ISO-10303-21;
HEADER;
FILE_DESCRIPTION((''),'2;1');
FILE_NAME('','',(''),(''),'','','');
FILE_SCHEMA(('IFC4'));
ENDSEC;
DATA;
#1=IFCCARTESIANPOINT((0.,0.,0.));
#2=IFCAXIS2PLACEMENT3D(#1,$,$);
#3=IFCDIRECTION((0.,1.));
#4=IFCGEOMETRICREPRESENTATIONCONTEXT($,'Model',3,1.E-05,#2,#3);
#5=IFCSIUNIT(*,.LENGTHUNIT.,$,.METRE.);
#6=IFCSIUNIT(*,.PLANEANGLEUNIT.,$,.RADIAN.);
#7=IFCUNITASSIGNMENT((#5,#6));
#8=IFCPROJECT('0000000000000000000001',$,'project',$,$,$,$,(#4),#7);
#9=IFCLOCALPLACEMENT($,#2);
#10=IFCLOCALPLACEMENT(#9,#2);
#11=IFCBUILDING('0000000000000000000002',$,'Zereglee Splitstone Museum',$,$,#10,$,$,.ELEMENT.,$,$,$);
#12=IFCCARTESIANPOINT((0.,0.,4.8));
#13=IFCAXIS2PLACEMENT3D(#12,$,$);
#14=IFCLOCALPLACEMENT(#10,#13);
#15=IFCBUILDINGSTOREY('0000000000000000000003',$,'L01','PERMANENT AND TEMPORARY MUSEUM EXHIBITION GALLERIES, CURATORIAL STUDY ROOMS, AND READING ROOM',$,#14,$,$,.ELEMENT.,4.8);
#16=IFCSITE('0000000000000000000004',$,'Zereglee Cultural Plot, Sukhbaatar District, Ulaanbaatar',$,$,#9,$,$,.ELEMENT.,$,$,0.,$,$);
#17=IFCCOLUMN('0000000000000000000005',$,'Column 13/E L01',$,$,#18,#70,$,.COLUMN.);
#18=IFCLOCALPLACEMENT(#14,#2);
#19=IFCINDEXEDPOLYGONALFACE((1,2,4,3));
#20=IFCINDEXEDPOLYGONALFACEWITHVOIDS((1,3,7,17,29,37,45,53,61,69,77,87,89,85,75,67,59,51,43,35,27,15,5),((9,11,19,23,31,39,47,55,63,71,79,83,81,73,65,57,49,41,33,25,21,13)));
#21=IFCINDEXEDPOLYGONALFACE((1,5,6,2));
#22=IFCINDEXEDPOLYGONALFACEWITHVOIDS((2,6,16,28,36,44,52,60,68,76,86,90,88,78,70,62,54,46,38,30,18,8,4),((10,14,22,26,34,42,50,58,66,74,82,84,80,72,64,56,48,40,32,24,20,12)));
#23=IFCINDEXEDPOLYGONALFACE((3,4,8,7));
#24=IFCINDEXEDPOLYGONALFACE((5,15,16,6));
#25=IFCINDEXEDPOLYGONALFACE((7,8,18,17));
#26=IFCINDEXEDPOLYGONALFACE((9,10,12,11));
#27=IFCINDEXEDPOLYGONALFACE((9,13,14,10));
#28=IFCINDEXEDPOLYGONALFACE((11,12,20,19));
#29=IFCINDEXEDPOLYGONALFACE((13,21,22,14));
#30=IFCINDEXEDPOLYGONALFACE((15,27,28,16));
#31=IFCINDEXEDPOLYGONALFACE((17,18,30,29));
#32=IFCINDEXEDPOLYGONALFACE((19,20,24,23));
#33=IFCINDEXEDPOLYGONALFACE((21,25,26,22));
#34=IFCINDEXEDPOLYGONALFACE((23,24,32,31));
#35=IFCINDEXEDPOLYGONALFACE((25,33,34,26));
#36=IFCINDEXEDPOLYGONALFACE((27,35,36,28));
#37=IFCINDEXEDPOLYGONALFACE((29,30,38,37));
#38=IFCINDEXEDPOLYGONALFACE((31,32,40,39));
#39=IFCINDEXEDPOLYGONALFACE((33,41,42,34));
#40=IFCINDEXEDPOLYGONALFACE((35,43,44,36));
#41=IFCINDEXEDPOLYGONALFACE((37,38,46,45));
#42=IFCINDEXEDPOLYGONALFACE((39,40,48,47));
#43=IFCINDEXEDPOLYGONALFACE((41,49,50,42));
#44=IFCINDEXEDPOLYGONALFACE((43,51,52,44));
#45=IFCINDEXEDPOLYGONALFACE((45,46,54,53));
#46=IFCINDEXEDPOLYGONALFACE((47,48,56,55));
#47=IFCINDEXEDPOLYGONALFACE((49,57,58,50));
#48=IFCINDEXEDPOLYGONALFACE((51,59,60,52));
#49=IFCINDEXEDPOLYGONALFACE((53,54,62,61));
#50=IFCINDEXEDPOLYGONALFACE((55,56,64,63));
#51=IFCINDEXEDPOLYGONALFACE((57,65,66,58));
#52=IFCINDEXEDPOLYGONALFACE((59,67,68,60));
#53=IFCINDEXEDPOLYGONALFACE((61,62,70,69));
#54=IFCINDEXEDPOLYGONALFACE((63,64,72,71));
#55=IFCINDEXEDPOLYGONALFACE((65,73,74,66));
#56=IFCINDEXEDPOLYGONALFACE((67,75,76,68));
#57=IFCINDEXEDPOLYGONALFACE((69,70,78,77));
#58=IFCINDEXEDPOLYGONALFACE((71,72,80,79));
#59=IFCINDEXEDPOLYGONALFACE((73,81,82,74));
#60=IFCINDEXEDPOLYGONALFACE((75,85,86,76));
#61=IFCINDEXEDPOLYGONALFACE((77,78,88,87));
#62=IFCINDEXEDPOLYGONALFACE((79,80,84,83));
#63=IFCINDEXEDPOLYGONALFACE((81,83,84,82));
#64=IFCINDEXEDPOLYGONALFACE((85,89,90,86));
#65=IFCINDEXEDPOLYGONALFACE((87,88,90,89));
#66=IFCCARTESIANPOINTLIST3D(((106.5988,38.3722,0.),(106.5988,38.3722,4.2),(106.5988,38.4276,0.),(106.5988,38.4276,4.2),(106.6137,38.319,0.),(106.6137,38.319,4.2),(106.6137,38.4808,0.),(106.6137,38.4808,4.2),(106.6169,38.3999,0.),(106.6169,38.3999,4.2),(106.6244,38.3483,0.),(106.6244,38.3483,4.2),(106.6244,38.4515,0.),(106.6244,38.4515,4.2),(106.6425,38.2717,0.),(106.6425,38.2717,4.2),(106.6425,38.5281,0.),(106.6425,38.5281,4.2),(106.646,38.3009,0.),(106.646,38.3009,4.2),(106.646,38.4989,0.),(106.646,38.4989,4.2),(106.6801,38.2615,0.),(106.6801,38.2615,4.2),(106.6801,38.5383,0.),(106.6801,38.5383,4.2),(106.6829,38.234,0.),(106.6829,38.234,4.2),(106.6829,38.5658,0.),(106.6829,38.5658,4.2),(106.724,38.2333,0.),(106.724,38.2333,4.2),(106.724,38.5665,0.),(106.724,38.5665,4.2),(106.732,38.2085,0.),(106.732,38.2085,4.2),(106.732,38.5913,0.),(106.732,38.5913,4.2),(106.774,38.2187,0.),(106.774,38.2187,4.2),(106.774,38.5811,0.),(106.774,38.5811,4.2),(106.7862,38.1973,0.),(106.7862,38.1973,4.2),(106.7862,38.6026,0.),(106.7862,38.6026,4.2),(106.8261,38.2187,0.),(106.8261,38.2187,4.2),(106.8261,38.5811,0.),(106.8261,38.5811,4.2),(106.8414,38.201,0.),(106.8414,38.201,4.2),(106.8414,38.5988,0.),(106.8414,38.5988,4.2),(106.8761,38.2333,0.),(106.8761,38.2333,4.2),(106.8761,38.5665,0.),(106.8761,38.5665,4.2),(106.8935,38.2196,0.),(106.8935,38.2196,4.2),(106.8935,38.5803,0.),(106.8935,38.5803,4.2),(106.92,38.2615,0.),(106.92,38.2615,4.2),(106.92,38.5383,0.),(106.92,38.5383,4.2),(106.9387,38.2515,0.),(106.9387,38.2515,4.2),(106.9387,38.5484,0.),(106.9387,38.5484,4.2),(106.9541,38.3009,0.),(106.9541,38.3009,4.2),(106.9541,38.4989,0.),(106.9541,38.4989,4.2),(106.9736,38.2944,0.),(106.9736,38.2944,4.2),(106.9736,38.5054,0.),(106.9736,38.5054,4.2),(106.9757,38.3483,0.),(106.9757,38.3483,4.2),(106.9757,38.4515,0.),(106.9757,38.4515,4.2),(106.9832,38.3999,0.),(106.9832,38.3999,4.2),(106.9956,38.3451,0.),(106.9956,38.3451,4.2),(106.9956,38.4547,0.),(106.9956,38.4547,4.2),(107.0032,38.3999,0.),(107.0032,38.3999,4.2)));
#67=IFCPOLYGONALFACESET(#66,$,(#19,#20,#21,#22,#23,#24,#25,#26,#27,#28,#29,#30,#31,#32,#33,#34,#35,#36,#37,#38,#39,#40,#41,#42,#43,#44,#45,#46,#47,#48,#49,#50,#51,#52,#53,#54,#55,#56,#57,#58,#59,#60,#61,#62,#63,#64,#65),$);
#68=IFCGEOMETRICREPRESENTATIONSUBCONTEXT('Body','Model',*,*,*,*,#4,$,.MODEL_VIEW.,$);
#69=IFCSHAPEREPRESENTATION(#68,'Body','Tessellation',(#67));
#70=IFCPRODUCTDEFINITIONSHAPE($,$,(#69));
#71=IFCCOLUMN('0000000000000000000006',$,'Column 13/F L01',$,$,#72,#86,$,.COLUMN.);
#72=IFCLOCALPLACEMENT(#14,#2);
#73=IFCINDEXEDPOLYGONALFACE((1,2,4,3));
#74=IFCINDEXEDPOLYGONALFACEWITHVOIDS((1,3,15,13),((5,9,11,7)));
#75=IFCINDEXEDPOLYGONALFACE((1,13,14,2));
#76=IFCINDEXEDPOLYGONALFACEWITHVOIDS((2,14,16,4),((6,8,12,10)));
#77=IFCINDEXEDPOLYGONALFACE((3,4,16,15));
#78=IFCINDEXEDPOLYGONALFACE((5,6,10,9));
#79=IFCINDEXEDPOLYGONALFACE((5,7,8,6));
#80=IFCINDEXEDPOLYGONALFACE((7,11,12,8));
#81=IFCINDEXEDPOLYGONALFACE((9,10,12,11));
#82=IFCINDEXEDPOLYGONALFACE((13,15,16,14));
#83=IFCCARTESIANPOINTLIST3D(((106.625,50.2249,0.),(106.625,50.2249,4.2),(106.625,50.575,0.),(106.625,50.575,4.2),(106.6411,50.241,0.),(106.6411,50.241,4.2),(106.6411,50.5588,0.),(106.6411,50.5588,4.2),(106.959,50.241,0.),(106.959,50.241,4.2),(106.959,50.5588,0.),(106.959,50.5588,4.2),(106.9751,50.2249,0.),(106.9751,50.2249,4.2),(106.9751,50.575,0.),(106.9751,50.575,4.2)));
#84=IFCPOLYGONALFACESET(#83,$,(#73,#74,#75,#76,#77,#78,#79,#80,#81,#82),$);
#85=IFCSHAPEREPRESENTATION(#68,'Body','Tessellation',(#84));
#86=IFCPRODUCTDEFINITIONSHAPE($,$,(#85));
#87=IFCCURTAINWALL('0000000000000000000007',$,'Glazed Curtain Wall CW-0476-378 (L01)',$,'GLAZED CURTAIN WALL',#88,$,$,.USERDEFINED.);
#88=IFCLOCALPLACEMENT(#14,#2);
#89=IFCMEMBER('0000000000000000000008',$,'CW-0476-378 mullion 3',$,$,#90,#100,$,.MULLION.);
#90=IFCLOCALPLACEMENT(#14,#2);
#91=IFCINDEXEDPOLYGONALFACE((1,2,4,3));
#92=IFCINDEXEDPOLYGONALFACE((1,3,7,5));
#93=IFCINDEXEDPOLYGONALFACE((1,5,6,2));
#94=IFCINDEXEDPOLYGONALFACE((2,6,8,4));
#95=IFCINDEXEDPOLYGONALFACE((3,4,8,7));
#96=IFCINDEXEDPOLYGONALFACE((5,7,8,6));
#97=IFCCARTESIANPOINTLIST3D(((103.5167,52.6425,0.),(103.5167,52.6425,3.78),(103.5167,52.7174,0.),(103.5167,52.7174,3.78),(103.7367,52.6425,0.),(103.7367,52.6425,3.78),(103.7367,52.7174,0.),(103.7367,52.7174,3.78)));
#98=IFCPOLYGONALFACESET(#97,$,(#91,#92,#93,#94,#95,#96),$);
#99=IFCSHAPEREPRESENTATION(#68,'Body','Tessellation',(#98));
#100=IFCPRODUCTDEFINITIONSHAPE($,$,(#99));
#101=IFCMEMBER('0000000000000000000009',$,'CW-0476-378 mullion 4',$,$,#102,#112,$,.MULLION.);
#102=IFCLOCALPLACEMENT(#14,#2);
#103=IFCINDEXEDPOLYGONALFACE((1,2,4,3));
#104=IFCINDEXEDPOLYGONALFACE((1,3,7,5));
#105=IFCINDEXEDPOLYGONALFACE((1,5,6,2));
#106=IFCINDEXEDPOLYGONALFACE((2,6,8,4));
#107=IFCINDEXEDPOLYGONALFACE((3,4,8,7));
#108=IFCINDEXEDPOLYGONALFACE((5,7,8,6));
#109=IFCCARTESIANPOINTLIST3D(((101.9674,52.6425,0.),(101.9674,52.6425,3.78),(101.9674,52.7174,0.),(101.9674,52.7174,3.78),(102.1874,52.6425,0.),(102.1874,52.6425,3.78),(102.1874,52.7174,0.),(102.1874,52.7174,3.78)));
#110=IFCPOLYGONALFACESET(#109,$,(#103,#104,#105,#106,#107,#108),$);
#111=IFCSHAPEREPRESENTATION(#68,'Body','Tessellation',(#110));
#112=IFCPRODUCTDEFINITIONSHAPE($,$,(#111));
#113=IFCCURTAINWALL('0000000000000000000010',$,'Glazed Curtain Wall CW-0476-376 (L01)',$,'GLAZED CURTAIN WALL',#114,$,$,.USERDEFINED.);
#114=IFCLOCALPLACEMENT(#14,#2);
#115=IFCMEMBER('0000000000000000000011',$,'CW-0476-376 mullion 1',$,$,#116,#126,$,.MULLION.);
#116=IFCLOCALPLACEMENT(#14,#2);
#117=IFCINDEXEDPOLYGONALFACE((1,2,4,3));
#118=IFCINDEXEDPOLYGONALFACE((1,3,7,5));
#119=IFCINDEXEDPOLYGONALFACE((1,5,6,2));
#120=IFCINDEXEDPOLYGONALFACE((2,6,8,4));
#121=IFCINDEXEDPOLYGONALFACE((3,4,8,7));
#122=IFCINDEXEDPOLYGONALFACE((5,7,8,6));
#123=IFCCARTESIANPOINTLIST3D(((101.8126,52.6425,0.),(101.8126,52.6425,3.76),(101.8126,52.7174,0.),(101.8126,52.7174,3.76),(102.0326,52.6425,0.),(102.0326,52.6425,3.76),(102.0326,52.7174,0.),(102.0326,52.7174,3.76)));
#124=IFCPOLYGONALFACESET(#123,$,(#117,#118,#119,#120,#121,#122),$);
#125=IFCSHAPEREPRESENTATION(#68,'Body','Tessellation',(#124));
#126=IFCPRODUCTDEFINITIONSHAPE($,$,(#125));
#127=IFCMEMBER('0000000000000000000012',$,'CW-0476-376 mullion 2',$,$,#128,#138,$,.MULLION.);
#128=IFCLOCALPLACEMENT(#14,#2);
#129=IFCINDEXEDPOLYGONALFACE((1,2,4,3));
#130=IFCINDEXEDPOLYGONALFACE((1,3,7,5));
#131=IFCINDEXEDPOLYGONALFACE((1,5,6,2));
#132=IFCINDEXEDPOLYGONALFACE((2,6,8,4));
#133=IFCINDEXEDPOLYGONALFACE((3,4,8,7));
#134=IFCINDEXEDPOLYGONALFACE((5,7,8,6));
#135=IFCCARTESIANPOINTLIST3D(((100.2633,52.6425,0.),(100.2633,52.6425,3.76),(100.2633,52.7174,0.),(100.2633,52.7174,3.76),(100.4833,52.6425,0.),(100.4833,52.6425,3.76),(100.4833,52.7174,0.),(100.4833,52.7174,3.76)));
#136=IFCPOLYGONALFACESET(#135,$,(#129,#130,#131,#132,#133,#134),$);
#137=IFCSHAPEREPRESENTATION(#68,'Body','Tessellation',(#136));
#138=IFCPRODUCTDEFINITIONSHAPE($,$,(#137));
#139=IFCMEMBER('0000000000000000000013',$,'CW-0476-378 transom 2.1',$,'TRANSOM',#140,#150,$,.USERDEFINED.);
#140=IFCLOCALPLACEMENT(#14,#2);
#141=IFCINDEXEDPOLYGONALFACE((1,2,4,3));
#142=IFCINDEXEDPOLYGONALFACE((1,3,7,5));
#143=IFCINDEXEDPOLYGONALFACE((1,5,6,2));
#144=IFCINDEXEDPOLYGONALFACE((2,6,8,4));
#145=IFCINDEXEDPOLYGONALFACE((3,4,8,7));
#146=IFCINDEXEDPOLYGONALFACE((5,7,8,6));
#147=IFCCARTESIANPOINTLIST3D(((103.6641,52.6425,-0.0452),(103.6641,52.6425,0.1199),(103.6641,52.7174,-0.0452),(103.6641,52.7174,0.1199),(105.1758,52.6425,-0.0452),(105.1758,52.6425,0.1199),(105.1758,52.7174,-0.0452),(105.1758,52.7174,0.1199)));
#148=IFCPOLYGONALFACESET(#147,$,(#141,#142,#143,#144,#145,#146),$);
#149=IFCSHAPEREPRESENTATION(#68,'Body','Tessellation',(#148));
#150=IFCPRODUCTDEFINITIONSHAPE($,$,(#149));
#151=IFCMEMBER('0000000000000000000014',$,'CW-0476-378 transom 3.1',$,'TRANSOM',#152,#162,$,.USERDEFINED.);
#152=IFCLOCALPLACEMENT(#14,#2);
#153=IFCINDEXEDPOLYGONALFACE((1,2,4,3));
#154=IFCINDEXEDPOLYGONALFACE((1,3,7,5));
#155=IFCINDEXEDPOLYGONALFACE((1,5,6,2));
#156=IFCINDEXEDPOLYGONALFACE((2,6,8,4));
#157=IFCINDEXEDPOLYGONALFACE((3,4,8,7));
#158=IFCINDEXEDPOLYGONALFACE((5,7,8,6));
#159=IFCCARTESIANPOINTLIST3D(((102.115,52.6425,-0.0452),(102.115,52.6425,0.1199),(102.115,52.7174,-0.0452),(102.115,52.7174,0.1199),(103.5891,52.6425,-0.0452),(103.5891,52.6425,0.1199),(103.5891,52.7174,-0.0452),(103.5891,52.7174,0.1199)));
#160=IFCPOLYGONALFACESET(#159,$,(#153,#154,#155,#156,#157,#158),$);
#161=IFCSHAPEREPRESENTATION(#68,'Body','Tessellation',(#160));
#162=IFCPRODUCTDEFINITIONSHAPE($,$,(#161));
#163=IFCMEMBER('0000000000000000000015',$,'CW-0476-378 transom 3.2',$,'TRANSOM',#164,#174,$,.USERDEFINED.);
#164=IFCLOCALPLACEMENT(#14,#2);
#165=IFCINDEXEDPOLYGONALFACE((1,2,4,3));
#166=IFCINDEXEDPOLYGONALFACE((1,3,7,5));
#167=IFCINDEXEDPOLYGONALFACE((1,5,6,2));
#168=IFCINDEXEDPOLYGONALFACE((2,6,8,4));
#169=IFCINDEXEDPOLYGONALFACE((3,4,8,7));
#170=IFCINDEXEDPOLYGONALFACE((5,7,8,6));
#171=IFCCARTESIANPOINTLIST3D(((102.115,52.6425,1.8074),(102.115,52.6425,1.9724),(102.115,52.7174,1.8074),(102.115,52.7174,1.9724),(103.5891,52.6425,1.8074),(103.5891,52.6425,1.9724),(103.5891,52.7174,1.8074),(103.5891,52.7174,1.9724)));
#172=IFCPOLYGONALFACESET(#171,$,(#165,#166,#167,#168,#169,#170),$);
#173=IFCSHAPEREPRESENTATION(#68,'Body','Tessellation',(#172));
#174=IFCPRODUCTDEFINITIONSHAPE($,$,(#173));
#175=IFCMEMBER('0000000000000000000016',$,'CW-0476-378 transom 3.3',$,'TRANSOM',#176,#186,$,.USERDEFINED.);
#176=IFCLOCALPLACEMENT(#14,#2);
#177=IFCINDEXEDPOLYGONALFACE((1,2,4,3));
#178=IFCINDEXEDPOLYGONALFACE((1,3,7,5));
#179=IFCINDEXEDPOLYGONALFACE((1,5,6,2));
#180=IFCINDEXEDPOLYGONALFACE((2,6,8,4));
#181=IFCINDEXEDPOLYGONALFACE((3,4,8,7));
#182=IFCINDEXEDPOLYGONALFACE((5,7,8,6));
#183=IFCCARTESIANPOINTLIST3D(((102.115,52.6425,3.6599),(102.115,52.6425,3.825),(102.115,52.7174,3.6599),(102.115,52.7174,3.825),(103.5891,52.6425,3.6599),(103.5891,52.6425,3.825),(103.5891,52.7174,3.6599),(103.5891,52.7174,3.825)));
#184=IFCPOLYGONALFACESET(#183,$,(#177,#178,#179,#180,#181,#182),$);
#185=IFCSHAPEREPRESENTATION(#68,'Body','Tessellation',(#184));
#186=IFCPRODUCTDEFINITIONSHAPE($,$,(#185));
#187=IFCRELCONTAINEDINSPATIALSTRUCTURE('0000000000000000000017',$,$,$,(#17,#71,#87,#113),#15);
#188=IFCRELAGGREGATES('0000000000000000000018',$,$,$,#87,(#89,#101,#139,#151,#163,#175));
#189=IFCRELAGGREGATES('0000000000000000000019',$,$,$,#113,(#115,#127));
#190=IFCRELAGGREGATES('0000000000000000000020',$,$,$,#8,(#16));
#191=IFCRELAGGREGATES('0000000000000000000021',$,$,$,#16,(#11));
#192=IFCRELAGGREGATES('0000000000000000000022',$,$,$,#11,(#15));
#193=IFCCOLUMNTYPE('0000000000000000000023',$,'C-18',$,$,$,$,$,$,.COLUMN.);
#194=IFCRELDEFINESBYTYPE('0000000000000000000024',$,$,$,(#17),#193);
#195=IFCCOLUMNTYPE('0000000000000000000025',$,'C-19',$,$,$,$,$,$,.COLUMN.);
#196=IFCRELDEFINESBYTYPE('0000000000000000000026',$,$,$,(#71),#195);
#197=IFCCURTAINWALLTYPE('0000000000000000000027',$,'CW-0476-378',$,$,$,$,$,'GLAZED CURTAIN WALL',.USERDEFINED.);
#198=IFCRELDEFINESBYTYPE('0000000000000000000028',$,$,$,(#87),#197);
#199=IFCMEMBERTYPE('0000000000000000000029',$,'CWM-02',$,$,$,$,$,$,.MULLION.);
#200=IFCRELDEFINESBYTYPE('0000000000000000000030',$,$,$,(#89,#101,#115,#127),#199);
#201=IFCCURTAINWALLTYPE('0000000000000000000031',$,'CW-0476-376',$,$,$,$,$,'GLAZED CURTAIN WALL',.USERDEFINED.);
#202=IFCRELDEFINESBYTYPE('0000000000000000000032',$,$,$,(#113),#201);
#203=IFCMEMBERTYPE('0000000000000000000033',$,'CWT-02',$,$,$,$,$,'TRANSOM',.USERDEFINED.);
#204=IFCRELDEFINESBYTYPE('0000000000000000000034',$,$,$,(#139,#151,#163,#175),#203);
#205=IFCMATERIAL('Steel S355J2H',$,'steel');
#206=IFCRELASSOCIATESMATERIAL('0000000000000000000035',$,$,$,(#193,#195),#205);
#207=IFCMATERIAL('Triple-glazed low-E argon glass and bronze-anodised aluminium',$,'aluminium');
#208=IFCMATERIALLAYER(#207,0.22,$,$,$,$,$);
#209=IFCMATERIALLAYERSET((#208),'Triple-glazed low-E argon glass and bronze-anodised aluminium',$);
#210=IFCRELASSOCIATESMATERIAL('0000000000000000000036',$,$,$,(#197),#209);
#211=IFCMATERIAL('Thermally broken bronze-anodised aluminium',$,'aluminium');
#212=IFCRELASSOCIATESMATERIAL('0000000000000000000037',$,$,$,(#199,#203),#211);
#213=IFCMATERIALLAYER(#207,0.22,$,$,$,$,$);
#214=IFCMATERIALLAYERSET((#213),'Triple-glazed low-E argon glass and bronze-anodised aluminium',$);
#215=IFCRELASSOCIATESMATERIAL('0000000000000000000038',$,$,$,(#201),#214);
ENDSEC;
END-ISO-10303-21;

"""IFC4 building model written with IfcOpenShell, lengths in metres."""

from ifc_helpers import new_model, si_unit, direction, frame, origin, origin_2d, place, context, subcontext, project, spatial, rectangle, hollow_rectangle, hollow_circle, extrude, material, layer, layer_set, material_profile, profile_set, type_object, element, aggregate, save


model = new_model("IFC4")

# Units and contexts
model_context = context("Model", 3, precision=1e-05, world=origin(), true_north=direction((0.0, 1.0)))
body_context = subcontext(model_context, "Body", "Model", "MODEL_VIEW")
ifc_project = project(units=[si_unit("LENGTHUNIT", "METRE"), si_unit("PLANEANGLEUNIT", "RADIAN")], contexts=[model_context])

# Site, building, storey
site_placement = place(None, origin())
site = spatial("IfcSite", under=ifc_project, at=site_placement, Name="Zereglee Cultural Plot, Sukhbaatar District, Ulaanbaatar", CompositionType="ELEMENT", RefElevation=0.0)
building_placement = place(site_placement, origin())
building = spatial("IfcBuilding", under=site, at=building_placement, Name="Zereglee Splitstone Museum", CompositionType="ELEMENT")
storey_placement = place(building_placement, frame((0.0, 0.0, 4.8)))
storey = spatial("IfcBuildingStorey", under=building, at=storey_placement, Name="L01", Description="PERMANENT AND TEMPORARY MUSEUM EXHIBITION GALLERIES, CURATORIAL STUDY ROOMS, AND READING ROOM", CompositionType="ELEMENT", Elevation=4.8)

# Columns
ifc_material_1 = material(Name="Steel S355J2H", Category="steel")
ifc_material_profile_1 = material_profile(ifc_material_1, hollow_circle(Radius=0.2031, WallThickness=0.02, at=origin_2d()), Name="CHS 406.4x20")
ifc_profile_set_1 = profile_set([ifc_material_profile_1], Name="Steel S355J2H")
column_type_1 = type_object("IfcColumnType", Name="C-18", PredefinedType="COLUMN", material=ifc_profile_set_1)
column_1_placement = place(storey_placement, frame((106.8, 38.3999, 0.0), z_axis=(0.0, 0.0, 1.0), x_axis=(1.0, 0.0, 0.0)))
element("IfcColumn", 1, at=column_1_placement, inside=storey, type_object=column_type_1, Name="Column 13/E L01", PredefinedType="COLUMN", context=body_context, shape_type="SweptSolid", body=[
    extrude(hollow_circle(Radius=0.2031, WallThickness=0.02, at=origin_2d()), origin(), (0.0, 0.0, 1.0), 4.2),
])
ifc_material_profile_2 = material_profile(ifc_material_1, hollow_rectangle(XDim=0.3501, YDim=0.3501, WallThickness=0.0161, at=origin_2d()), Name="SHS 350x350x16")
ifc_profile_set_2 = profile_set([ifc_material_profile_2], Name="Steel S355J2H")
column_type_2 = type_object("IfcColumnType", Name="C-19", PredefinedType="COLUMN", material=ifc_profile_set_2)
column_2_placement = place(storey_placement, frame((106.8, 50.3999, 0.0), z_axis=(0.0, 0.0, 1.0), x_axis=(1.0, 0.0, 0.0)))
element("IfcColumn", 2, at=column_2_placement, inside=storey, type_object=column_type_2, Name="Column 13/F L01", PredefinedType="COLUMN", context=body_context, shape_type="SweptSolid", body=[
    extrude(hollow_rectangle(XDim=0.3501, YDim=0.3501, WallThickness=0.0161, at=origin_2d()), origin(), (0.0, 0.0, 1.0), 4.2),
])

# Curtain walls, members
ifc_material_2 = material(Name="Triple-glazed low-E argon glass and bronze-anodised aluminium", Category="aluminium")
ifc_layer_1 = layer(ifc_material_2, 0.22)
ifc_layer_set_1 = layer_set([ifc_layer_1], Name="Triple-glazed low-E argon glass and bronze-anodised aluminium")
curtain_wall_type_1 = type_object("IfcCurtainWallType", Name="CW-0476-378", ElementType="GLAZED CURTAIN WALL", PredefinedType="USERDEFINED", material=ifc_layer_set_1)
curtain_wall_1_placement = place(storey_placement, origin())
curtain_wall_1 = element("IfcCurtainWall", 3, at=curtain_wall_1_placement, inside=storey, type_object=curtain_wall_type_1, Name="Glazed Curtain Wall CW-0476-378 (L01)", ObjectType="GLAZED CURTAIN WALL", PredefinedType="USERDEFINED")
ifc_material_3 = material(Name="Thermally broken bronze-anodised aluminium", Category="aluminium")
ifc_material_profile_3 = material_profile(ifc_material_3, rectangle(XDim=0.075, YDim=0.22, at=origin_2d()), Name="CW MULL 75x220")
ifc_profile_set_3 = profile_set([ifc_material_profile_3], Name="Thermally broken bronze-anodised aluminium")
member_type_1 = type_object("IfcMemberType", Name="CWM-02", PredefinedType="MULLION", material=ifc_profile_set_3)
member_1_placement = place(storey_placement, frame((103.6267, 52.6799, 0.0), z_axis=(0.0, 0.0, 1.0), x_axis=(0.0, -1.0, 0.0)))
member_1 = element("IfcMember", 4, at=member_1_placement, type_object=member_type_1, Name="CW-0476-378 mullion 3", PredefinedType="MULLION", context=body_context, shape_type="SweptSolid", body=[
    extrude(rectangle(XDim=0.075, YDim=0.22, at=origin_2d()), origin(), (0.0, 0.0, 1.0), 3.78),
])
member_2_placement = place(storey_placement, frame((102.0774, 52.6799, 0.0), z_axis=(0.0, 0.0, 1.0), x_axis=(0.0, -1.0, 0.0)))
member_2 = element("IfcMember", 5, at=member_2_placement, type_object=member_type_1, Name="CW-0476-378 mullion 4", PredefinedType="MULLION", context=body_context, shape_type="SweptSolid", body=[
    extrude(rectangle(XDim=0.075, YDim=0.22, at=origin_2d()), origin(), (0.0, 0.0, 1.0), 3.78),
])
ifc_layer_2 = layer(ifc_material_2, 0.22)
ifc_layer_set_2 = layer_set([ifc_layer_2], Name="Triple-glazed low-E argon glass and bronze-anodised aluminium")
curtain_wall_type_2 = type_object("IfcCurtainWallType", Name="CW-0476-376", ElementType="GLAZED CURTAIN WALL", PredefinedType="USERDEFINED", material=ifc_layer_set_2)
curtain_wall_2_placement = place(storey_placement, origin())
curtain_wall_2 = element("IfcCurtainWall", 6, at=curtain_wall_2_placement, inside=storey, type_object=curtain_wall_type_2, Name="Glazed Curtain Wall CW-0476-376 (L01)", ObjectType="GLAZED CURTAIN WALL", PredefinedType="USERDEFINED")
member_3_placement = place(storey_placement, frame((101.9226, 52.6799, 0.0), z_axis=(0.0, 0.0, 1.0), x_axis=(0.0, -1.0, 0.0)))
member_3 = element("IfcMember", 7, at=member_3_placement, type_object=member_type_1, Name="CW-0476-376 mullion 1", PredefinedType="MULLION", context=body_context, shape_type="SweptSolid", body=[
    extrude(rectangle(XDim=0.075, YDim=0.22, at=origin_2d()), origin(), (0.0, 0.0, 1.0), 3.76),
])
member_4_placement = place(storey_placement, frame((100.3733, 52.6799, 0.0), z_axis=(0.0, 0.0, 1.0), x_axis=(0.0, -1.0, 0.0)))
member_4 = element("IfcMember", 8, at=member_4_placement, type_object=member_type_1, Name="CW-0476-376 mullion 2", PredefinedType="MULLION", context=body_context, shape_type="SweptSolid", body=[
    extrude(rectangle(XDim=0.075, YDim=0.22, at=origin_2d()), origin(), (0.0, 0.0, 1.0), 3.76),
])

# Members
ifc_material_profile_4 = material_profile(ifc_material_3, rectangle(XDim=0.075, YDim=0.165, at=origin_2d()), Name="CW TRAN 75x165")
ifc_profile_set_4 = profile_set([ifc_material_profile_4], Name="Thermally broken bronze-anodised aluminium")
member_type_2 = type_object("IfcMemberType", Name="CWT-02", ElementType="TRANSOM", PredefinedType="USERDEFINED", material=ifc_profile_set_4)
member_5_placement = place(storey_placement, frame((105.1758, 52.6799, 0.0374), z_axis=(-1.0, 0.0, 0.0), x_axis=(0.0, -1.0, 0.0)))
member_5 = element("IfcMember", 9, at=member_5_placement, type_object=member_type_2, Name="CW-0476-378 transom 2.1", ObjectType="TRANSOM", PredefinedType="USERDEFINED", context=body_context, shape_type="SweptSolid", body=[
    extrude(rectangle(XDim=0.075, YDim=0.165, at=origin_2d()), origin(), (0.0, 0.0, 1.0), 1.5117),
])
member_6_placement = place(storey_placement, frame((103.5891, 52.6799, 0.0374), z_axis=(-1.0, 0.0, 0.0), x_axis=(0.0, -1.0, 0.0)))
member_6 = element("IfcMember", 10, at=member_6_placement, type_object=member_type_2, Name="CW-0476-378 transom 3.1", ObjectType="TRANSOM", PredefinedType="USERDEFINED", context=body_context, shape_type="SweptSolid", body=[
    extrude(rectangle(XDim=0.075, YDim=0.165, at=origin_2d()), origin(), (0.0, 0.0, 1.0), 1.4741),
])
member_7_placement = place(storey_placement, frame((103.5891, 52.6799, 1.8899), z_axis=(-1.0, 0.0, 0.0), x_axis=(0.0, -1.0, 0.0)))
member_7 = element("IfcMember", 11, at=member_7_placement, type_object=member_type_2, Name="CW-0476-378 transom 3.2", ObjectType="TRANSOM", PredefinedType="USERDEFINED", context=body_context, shape_type="SweptSolid", body=[
    extrude(rectangle(XDim=0.075, YDim=0.165, at=origin_2d()), origin(), (0.0, 0.0, 1.0), 1.4741),
])
member_8_placement = place(storey_placement, frame((103.5891, 52.6799, 3.7424), z_axis=(-1.0, 0.0, 0.0), x_axis=(0.0, -1.0, 0.0)))
member_8 = element("IfcMember", 12, at=member_8_placement, type_object=member_type_2, Name="CW-0476-378 transom 3.3", ObjectType="TRANSOM", PredefinedType="USERDEFINED", context=body_context, shape_type="SweptSolid", body=[
    extrude(rectangle(XDim=0.075, YDim=0.165, at=origin_2d()), origin(), (0.0, 0.0, 1.0), 1.4741),
])

aggregate(curtain_wall_1, [member_1, member_2, member_5, member_6, member_7, member_8])
aggregate(curtain_wall_2, [member_3, member_4])

save(model, "model.ifc")
